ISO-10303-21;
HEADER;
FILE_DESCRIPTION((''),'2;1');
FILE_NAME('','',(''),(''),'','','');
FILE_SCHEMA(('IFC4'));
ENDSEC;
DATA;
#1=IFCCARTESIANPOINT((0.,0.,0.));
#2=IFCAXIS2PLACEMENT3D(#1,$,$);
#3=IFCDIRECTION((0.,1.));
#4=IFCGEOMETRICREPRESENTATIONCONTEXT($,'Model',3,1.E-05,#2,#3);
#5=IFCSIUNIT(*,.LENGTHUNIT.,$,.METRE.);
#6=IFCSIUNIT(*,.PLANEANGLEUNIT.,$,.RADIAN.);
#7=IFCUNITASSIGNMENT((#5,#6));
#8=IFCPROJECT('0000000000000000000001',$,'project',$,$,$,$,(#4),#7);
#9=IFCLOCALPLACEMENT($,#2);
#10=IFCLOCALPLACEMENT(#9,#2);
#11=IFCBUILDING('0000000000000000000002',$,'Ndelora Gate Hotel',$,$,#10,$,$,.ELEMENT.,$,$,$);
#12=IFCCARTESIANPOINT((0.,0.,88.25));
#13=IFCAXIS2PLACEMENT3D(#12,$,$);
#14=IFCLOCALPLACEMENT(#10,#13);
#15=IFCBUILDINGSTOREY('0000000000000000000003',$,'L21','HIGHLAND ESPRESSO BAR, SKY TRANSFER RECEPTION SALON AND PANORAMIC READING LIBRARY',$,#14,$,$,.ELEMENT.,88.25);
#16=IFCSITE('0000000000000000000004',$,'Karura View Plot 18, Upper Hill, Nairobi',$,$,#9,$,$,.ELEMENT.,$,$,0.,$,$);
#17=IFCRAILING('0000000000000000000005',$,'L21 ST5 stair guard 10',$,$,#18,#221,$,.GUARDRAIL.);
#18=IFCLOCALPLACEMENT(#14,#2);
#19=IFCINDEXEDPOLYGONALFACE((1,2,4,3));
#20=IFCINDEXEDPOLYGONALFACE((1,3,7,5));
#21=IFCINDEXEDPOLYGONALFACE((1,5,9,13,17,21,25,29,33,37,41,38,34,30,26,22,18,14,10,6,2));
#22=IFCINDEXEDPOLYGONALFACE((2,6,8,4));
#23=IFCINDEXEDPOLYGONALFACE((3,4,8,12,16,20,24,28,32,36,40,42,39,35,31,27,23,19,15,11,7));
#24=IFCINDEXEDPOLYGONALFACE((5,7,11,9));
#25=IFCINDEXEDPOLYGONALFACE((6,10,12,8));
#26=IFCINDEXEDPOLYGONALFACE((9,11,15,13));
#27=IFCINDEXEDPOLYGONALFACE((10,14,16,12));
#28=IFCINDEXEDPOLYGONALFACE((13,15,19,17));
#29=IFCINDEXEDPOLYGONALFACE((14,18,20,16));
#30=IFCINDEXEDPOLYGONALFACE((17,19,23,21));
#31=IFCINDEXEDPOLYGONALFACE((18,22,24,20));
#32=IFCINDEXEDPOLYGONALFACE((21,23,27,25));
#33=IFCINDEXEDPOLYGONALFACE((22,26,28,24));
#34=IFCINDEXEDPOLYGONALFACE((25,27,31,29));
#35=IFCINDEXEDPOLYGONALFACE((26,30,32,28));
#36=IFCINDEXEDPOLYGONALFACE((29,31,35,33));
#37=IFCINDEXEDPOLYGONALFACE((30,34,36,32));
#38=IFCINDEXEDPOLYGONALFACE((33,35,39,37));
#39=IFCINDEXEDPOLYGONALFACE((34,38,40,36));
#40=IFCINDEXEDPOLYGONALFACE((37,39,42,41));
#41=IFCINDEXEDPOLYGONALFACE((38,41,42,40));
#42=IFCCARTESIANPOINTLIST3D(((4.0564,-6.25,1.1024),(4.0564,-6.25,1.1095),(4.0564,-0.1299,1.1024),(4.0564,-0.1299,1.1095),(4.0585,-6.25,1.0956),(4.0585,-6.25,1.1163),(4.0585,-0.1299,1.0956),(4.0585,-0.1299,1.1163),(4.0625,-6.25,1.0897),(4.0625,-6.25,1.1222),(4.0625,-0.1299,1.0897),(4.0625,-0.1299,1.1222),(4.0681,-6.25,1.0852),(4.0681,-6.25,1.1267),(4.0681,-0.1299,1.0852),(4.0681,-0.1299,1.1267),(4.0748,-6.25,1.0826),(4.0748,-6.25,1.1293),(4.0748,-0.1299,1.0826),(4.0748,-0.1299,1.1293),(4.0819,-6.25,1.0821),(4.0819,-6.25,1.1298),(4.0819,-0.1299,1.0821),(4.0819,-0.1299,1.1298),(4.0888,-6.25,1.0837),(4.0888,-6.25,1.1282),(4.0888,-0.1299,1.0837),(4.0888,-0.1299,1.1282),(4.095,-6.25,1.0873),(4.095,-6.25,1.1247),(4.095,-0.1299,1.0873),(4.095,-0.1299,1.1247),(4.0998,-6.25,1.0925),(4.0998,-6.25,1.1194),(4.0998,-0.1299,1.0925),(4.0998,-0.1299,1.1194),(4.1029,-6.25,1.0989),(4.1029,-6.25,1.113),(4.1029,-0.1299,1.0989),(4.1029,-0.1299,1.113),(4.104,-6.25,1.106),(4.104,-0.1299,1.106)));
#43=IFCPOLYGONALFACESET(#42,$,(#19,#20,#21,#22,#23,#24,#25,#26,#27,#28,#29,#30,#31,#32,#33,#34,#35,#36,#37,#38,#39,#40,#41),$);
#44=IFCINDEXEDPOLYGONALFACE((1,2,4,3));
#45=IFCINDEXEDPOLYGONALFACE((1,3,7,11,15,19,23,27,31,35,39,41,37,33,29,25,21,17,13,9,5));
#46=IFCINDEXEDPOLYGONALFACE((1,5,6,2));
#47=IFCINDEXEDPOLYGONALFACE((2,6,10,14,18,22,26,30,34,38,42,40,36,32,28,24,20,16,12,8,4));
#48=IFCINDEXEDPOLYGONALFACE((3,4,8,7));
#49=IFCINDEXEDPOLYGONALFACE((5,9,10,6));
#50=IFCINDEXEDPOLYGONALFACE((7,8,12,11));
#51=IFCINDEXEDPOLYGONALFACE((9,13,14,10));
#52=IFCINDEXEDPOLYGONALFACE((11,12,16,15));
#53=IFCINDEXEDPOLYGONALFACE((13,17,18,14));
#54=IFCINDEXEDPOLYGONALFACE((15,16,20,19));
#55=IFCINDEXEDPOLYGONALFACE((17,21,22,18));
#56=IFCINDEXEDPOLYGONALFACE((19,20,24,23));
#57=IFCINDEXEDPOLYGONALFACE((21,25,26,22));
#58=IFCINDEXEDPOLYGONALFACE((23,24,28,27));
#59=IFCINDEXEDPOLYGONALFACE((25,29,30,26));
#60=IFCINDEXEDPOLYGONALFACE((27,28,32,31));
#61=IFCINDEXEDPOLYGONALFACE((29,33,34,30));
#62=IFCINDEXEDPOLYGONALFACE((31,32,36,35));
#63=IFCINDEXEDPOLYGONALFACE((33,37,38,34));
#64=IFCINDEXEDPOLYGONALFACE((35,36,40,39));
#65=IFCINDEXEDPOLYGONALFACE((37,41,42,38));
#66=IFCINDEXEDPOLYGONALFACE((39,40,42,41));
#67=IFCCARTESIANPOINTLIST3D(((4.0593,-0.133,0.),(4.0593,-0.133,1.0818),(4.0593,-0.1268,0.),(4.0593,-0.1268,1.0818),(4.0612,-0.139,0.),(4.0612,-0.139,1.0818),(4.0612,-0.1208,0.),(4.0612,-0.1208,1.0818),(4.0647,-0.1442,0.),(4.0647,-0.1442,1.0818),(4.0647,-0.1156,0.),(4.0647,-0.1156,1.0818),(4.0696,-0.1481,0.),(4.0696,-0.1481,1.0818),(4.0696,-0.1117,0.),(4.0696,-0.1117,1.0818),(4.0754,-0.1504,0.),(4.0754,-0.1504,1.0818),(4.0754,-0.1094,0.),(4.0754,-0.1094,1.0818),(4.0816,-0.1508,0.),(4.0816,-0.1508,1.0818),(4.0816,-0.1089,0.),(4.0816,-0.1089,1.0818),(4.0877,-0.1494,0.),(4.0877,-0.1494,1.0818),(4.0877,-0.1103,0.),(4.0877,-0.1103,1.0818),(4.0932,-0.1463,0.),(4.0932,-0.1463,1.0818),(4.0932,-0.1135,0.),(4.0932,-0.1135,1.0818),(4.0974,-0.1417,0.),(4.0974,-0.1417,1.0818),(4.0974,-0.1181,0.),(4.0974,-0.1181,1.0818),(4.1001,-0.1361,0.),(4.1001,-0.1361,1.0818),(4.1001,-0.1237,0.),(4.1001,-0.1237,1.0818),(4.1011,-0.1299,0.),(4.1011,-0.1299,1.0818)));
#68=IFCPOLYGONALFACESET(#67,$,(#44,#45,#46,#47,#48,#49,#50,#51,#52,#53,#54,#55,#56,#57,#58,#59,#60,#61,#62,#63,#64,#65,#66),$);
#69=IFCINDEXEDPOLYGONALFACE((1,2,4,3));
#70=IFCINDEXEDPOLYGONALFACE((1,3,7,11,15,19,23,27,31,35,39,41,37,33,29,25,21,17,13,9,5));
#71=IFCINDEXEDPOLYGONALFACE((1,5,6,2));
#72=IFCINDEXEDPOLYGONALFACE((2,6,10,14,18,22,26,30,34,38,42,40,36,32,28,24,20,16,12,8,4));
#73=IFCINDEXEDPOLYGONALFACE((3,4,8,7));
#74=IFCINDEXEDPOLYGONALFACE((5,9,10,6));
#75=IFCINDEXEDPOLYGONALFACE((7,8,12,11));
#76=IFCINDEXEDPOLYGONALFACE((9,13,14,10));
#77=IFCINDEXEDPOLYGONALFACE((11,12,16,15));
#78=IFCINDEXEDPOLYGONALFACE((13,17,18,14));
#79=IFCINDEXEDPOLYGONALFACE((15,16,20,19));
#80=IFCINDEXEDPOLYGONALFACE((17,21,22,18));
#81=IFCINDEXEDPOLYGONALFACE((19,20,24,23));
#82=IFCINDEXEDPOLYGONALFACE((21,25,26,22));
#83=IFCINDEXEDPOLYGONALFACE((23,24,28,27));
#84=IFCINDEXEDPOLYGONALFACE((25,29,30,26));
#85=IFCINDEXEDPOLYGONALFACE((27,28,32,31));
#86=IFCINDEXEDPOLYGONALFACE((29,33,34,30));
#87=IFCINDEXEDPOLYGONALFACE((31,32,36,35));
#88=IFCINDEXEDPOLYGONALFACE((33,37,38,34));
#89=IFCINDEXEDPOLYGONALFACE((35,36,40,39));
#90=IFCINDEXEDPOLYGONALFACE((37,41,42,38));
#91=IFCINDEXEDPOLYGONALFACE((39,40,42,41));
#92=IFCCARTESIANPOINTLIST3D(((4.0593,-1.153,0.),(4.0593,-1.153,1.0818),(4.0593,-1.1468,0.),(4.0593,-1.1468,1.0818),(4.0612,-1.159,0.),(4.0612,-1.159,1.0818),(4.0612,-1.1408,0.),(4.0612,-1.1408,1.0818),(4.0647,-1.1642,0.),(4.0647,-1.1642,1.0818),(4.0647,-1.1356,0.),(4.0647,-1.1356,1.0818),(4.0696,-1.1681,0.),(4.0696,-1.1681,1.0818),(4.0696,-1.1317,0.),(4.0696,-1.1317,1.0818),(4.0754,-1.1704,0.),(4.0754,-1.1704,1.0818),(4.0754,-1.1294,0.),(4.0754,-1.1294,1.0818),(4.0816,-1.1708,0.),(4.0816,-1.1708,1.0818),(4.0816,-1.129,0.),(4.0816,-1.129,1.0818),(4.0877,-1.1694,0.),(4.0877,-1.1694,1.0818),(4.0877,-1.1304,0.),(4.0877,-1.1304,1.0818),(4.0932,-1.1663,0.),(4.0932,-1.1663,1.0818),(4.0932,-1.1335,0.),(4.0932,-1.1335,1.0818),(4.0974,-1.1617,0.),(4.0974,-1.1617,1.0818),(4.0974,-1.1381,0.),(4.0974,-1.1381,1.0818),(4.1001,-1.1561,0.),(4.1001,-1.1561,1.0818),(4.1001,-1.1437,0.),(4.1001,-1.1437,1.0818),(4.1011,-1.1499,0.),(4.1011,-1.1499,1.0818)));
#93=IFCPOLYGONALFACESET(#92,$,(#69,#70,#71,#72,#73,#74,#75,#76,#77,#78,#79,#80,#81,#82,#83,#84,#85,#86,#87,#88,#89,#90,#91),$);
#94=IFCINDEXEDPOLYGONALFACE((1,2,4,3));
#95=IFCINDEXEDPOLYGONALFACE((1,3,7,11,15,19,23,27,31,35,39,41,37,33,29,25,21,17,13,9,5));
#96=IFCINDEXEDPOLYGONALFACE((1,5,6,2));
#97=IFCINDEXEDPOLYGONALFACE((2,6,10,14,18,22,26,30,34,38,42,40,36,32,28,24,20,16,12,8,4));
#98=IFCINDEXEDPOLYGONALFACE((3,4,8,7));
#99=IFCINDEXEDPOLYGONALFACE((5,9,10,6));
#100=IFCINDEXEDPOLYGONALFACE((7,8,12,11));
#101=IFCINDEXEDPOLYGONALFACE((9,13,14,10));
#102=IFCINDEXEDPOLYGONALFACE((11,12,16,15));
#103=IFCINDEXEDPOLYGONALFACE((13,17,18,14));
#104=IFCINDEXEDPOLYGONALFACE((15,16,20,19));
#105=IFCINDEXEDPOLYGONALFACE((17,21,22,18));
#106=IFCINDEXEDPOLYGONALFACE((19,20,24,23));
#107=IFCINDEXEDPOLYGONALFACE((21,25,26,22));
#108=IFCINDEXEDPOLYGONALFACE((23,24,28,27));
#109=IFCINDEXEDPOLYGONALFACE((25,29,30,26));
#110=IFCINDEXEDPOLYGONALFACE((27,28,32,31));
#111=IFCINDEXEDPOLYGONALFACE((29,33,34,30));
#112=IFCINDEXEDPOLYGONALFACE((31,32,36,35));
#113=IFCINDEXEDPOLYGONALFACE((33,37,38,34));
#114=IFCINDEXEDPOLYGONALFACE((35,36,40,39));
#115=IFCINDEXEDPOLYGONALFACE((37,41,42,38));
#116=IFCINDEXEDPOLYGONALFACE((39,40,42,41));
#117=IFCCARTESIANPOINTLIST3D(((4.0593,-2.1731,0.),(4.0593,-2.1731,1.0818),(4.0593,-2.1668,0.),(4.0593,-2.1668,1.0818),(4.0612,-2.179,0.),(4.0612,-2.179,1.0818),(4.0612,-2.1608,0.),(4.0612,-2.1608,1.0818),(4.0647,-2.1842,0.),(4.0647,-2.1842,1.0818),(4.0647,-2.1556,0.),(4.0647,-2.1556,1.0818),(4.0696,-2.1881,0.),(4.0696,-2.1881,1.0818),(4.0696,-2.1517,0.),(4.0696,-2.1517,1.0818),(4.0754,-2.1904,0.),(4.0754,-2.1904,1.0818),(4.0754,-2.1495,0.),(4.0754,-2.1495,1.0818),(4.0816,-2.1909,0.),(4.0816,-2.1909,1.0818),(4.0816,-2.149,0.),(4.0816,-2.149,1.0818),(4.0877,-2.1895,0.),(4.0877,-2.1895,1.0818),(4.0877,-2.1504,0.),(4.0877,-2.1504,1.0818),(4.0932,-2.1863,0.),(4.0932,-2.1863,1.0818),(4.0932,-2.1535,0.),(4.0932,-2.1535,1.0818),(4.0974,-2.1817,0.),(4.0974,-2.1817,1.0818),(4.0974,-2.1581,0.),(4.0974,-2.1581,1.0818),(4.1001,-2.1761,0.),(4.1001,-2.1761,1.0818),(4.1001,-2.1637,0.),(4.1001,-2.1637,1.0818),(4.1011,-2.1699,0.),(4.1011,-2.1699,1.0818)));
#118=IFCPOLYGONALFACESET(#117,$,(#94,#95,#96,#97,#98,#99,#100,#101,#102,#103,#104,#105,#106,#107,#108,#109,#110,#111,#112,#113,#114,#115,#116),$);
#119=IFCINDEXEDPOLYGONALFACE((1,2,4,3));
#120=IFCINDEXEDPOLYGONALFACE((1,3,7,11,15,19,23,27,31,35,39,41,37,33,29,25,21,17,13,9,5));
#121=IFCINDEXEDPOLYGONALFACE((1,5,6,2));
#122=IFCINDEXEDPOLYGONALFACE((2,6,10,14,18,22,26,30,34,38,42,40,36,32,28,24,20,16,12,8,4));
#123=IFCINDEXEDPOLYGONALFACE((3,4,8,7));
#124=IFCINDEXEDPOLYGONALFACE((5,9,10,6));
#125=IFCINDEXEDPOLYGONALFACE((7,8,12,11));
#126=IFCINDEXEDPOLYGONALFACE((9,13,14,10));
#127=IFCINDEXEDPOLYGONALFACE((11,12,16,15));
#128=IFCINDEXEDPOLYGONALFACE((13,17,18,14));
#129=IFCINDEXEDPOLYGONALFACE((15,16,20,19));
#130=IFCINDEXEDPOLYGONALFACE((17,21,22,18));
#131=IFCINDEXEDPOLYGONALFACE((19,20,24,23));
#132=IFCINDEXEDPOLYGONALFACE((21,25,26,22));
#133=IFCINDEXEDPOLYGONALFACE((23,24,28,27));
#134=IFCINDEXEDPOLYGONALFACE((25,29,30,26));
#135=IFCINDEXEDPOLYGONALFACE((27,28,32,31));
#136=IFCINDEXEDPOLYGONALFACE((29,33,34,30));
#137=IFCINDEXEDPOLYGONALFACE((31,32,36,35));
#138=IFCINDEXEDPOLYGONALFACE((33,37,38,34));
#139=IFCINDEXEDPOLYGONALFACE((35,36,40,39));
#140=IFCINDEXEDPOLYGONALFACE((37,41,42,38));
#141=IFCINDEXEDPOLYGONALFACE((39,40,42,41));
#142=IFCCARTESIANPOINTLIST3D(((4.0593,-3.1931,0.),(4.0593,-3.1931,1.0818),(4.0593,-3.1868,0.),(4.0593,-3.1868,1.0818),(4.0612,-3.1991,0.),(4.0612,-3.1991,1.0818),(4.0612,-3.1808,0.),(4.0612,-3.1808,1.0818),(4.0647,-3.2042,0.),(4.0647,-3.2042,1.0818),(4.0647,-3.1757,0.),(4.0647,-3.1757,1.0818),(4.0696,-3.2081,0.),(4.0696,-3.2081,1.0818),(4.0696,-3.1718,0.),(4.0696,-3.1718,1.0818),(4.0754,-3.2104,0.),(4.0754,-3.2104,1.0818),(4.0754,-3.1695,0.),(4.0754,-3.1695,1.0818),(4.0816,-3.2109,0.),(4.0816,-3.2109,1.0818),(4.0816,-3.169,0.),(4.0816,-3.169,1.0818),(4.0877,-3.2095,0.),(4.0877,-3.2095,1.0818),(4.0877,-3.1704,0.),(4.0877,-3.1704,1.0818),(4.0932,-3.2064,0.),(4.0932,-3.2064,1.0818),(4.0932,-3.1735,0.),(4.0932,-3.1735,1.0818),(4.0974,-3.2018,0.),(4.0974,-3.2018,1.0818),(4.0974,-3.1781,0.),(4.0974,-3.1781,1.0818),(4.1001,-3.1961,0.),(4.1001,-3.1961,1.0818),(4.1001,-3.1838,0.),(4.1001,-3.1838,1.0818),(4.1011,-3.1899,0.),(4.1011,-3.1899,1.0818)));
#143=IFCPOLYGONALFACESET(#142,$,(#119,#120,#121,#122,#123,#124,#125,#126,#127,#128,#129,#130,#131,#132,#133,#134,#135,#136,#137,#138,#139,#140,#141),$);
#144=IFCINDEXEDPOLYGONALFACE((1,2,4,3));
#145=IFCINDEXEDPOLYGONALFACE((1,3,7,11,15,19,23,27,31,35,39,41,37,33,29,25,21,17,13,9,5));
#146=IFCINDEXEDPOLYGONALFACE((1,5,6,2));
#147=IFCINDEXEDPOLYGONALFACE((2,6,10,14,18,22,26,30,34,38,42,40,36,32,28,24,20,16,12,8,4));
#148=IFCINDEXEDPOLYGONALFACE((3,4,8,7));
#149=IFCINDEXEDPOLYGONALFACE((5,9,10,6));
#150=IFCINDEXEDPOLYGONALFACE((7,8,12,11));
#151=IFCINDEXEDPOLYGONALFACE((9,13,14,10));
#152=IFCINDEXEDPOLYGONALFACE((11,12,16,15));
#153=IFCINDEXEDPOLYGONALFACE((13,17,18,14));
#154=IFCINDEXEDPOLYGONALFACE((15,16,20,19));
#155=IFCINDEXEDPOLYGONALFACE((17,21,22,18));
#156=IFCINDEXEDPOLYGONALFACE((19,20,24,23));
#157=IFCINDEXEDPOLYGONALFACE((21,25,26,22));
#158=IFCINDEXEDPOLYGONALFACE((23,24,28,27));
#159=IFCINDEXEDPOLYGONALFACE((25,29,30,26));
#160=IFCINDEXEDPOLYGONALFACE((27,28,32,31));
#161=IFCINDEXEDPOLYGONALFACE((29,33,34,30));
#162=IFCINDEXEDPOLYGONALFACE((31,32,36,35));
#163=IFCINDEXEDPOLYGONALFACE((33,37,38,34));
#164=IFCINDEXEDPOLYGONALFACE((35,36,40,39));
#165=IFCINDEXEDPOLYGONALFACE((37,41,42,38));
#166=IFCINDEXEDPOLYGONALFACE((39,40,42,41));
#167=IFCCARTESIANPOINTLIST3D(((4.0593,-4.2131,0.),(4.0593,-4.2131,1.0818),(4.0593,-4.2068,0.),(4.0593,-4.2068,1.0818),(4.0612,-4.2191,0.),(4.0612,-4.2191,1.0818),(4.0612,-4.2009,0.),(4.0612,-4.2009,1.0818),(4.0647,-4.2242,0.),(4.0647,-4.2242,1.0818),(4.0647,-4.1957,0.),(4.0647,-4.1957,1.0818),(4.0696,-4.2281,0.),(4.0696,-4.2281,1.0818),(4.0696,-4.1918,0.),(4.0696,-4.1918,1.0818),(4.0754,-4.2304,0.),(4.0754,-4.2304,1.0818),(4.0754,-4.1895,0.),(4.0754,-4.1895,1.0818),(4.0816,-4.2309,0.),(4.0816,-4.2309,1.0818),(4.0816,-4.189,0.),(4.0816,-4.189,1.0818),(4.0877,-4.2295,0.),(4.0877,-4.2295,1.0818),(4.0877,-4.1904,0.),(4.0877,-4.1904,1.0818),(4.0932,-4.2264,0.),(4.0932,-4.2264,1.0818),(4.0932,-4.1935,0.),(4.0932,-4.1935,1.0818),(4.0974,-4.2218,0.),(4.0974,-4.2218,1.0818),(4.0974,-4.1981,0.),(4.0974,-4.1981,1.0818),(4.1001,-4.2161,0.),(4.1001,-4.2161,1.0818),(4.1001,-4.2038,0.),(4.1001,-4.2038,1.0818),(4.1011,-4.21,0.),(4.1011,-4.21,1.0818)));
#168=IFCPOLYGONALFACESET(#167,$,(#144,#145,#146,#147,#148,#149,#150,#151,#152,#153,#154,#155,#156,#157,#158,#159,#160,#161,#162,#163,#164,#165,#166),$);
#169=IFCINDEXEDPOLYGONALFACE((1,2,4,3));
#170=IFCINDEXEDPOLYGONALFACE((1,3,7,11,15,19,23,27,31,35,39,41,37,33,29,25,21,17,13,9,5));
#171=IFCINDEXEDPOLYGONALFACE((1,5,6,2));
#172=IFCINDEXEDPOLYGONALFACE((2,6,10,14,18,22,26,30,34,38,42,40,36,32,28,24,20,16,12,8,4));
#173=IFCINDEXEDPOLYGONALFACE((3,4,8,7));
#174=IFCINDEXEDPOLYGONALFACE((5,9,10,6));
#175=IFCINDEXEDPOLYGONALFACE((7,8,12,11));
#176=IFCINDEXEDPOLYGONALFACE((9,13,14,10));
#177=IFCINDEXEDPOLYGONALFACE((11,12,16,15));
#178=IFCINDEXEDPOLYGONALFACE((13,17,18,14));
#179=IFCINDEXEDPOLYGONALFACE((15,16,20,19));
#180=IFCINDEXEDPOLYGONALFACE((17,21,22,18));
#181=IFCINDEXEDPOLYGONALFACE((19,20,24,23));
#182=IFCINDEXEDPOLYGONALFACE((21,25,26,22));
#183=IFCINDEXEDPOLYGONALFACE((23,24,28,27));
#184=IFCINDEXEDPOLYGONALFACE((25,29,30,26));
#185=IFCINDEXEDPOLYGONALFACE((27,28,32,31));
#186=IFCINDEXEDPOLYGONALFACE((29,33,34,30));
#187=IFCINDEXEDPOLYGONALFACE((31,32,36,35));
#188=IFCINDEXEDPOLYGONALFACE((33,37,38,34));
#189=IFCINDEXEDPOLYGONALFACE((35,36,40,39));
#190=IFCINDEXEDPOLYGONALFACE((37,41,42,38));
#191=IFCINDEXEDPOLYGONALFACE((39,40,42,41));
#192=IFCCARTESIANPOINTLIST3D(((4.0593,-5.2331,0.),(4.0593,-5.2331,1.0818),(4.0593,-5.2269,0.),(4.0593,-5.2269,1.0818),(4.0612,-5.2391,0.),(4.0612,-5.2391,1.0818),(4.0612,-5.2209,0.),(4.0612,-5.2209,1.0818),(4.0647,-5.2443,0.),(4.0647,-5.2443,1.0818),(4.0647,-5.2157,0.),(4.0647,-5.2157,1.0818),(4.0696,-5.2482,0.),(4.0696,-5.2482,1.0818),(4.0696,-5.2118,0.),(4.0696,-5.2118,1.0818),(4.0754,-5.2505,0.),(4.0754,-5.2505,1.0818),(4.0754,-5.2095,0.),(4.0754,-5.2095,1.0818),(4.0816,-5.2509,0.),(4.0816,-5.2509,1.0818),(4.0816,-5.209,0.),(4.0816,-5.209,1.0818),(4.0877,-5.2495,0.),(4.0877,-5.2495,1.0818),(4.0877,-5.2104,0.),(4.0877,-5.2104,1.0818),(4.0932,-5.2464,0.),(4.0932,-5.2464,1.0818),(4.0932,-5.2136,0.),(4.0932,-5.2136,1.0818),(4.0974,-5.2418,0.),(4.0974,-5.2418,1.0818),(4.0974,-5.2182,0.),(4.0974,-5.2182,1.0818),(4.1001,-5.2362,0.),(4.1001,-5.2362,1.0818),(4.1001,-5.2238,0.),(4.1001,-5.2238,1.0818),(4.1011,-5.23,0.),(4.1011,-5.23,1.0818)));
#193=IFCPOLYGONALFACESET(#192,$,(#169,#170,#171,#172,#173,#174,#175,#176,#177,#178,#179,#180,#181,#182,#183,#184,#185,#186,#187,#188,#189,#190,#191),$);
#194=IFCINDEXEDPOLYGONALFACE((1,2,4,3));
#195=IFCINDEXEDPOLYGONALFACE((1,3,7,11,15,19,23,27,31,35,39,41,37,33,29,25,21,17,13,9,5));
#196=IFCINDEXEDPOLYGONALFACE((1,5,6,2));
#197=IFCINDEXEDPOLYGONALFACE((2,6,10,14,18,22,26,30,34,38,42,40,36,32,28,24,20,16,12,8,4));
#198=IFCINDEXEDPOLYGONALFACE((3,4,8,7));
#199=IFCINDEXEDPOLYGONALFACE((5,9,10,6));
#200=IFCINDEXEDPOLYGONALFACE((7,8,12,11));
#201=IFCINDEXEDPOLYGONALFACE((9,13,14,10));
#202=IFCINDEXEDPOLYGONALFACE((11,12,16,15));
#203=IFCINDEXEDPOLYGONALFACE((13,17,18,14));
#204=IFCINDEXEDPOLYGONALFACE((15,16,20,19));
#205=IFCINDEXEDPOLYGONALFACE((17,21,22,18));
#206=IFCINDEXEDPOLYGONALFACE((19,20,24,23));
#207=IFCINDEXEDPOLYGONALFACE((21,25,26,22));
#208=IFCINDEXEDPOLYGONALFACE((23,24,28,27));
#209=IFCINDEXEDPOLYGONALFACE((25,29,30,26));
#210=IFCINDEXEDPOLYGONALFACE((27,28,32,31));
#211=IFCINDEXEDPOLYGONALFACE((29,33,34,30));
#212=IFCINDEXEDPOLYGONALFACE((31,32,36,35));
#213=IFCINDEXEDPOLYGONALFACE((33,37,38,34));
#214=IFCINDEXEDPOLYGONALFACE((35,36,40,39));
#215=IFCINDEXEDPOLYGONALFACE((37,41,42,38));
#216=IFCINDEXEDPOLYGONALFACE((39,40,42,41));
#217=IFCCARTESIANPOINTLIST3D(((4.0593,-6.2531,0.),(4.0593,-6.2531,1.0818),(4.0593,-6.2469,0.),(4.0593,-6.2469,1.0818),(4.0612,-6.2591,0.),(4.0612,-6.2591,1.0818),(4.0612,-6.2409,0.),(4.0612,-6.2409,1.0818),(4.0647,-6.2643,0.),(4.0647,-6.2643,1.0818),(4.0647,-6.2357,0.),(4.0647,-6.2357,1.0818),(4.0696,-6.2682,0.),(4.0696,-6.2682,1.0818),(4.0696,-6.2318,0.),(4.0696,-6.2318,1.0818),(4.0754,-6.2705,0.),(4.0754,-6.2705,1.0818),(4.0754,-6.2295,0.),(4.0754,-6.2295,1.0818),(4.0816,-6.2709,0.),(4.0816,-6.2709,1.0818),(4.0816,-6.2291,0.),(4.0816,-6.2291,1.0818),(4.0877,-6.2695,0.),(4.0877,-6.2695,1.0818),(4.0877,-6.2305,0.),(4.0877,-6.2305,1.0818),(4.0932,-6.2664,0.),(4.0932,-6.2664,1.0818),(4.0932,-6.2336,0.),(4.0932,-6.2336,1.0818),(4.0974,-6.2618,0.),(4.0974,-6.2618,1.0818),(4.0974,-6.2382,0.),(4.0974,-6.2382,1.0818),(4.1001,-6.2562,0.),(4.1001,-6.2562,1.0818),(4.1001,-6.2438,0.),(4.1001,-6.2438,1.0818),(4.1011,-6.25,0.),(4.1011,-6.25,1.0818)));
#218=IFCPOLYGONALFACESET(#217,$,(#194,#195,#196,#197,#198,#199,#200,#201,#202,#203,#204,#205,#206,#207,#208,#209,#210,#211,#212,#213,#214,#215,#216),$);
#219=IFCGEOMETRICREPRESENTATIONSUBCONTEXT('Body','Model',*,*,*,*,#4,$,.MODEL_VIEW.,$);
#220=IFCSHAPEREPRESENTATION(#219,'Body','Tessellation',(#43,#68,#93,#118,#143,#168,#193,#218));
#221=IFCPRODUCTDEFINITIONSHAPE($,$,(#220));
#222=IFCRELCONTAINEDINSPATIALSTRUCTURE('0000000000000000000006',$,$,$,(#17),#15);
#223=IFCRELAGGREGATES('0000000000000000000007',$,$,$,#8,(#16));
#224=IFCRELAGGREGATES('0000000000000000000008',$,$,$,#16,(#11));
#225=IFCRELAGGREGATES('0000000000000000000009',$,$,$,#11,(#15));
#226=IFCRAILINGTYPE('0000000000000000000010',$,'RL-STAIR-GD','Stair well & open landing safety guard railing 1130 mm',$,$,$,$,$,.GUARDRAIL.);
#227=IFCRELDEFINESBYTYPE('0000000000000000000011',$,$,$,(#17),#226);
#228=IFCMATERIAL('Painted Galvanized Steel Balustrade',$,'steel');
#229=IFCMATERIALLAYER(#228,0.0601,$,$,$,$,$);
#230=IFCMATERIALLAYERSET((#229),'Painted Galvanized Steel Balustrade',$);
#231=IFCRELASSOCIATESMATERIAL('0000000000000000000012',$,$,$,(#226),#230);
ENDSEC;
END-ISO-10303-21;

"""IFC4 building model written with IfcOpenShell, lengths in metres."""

from ifc_helpers import new_model, si_unit, direction, frame, origin, origin_2d, place, context, subcontext, project, spatial, circle, extrude, material, layer, layer_set, type_object, element, save


model = new_model("IFC4")

# Units and contexts
model_context = context("Model", 3, precision=1e-05, world=origin(), true_north=direction((0.0, 1.0)))
body_context = subcontext(model_context, "Body", "Model", "MODEL_VIEW")
ifc_project = project(units=[si_unit("LENGTHUNIT", "METRE"), si_unit("PLANEANGLEUNIT", "RADIAN")], contexts=[model_context])

# Site, building, storey
site_placement = place(None, origin())
site = spatial("IfcSite", under=ifc_project, at=site_placement, Name="Karura View Plot 18, Upper Hill, Nairobi", CompositionType="ELEMENT", RefElevation=0.0)
building_placement = place(site_placement, origin())
building = spatial("IfcBuilding", under=site, at=building_placement, Name="Ndelora Gate Hotel", CompositionType="ELEMENT")
storey_placement = place(building_placement, frame((0.0, 0.0, 88.25)))
storey = spatial("IfcBuildingStorey", under=building, at=storey_placement, Name="L21", Description="HIGHLAND ESPRESSO BAR, SKY TRANSFER RECEPTION SALON AND PANORAMIC READING LIBRARY", CompositionType="ELEMENT", Elevation=88.25)

# Railing
ifc_material_1 = material(Name="Painted Galvanized Steel Balustrade", Category="steel")
ifc_layer_1 = layer(ifc_material_1, 0.0601)
ifc_layer_set_1 = layer_set([ifc_layer_1], Name="Painted Galvanized Steel Balustrade")
railing_type_1 = type_object("IfcRailingType", Name="RL-STAIR-GD", Description="Stair well & open landing safety guard railing 1130 mm", PredefinedType="GUARDRAIL", material=ifc_layer_set_1)
railing_1_placement = place(storey_placement, frame((4.0801, -0.1299, 0.0)))
element("IfcRailing", 1, at=railing_1_placement, inside=storey, type_object=railing_type_1, Name="L21 ST5 stair guard 10", PredefinedType="GUARDRAIL", context=body_context, shape_type="SweptSolid", body=[
    extrude(circle(Radius=0.0239, at=origin_2d()), frame((0.0, 0.0, 1.106), z_axis=(0.0, -1.0, 0.0), x_axis=(1.0, 0.0, 0.0)), (0.0, 0.0, 1.0), 6.1201),
    extrude(circle(Radius=0.021, at=origin_2d()), origin(), (0.0, 0.0, 1.0), 1.0818),
    extrude(circle(Radius=0.021, at=origin_2d()), frame((0.0, -1.02, 0.0)), (0.0, 0.0, 1.0), 1.0818),
    extrude(circle(Radius=0.021, at=origin_2d()), frame((0.0, -2.04, 0.0)), (0.0, 0.0, 1.0), 1.0818),
    extrude(circle(Radius=0.021, at=origin_2d()), frame((0.0, -3.0601, 0.0)), (0.0, 0.0, 1.0), 1.0818),
    extrude(circle(Radius=0.021, at=origin_2d()), frame((0.0, -4.0801, 0.0)), (0.0, 0.0, 1.0), 1.0818),
    extrude(circle(Radius=0.021, at=origin_2d()), frame((0.0, -5.1001, 0.0)), (0.0, 0.0, 1.0), 1.0818),
    extrude(circle(Radius=0.021, at=origin_2d()), frame((0.0, -6.1201, 0.0)), (0.0, 0.0, 1.0), 1.0818),
])

save(model, "model.ifc")
